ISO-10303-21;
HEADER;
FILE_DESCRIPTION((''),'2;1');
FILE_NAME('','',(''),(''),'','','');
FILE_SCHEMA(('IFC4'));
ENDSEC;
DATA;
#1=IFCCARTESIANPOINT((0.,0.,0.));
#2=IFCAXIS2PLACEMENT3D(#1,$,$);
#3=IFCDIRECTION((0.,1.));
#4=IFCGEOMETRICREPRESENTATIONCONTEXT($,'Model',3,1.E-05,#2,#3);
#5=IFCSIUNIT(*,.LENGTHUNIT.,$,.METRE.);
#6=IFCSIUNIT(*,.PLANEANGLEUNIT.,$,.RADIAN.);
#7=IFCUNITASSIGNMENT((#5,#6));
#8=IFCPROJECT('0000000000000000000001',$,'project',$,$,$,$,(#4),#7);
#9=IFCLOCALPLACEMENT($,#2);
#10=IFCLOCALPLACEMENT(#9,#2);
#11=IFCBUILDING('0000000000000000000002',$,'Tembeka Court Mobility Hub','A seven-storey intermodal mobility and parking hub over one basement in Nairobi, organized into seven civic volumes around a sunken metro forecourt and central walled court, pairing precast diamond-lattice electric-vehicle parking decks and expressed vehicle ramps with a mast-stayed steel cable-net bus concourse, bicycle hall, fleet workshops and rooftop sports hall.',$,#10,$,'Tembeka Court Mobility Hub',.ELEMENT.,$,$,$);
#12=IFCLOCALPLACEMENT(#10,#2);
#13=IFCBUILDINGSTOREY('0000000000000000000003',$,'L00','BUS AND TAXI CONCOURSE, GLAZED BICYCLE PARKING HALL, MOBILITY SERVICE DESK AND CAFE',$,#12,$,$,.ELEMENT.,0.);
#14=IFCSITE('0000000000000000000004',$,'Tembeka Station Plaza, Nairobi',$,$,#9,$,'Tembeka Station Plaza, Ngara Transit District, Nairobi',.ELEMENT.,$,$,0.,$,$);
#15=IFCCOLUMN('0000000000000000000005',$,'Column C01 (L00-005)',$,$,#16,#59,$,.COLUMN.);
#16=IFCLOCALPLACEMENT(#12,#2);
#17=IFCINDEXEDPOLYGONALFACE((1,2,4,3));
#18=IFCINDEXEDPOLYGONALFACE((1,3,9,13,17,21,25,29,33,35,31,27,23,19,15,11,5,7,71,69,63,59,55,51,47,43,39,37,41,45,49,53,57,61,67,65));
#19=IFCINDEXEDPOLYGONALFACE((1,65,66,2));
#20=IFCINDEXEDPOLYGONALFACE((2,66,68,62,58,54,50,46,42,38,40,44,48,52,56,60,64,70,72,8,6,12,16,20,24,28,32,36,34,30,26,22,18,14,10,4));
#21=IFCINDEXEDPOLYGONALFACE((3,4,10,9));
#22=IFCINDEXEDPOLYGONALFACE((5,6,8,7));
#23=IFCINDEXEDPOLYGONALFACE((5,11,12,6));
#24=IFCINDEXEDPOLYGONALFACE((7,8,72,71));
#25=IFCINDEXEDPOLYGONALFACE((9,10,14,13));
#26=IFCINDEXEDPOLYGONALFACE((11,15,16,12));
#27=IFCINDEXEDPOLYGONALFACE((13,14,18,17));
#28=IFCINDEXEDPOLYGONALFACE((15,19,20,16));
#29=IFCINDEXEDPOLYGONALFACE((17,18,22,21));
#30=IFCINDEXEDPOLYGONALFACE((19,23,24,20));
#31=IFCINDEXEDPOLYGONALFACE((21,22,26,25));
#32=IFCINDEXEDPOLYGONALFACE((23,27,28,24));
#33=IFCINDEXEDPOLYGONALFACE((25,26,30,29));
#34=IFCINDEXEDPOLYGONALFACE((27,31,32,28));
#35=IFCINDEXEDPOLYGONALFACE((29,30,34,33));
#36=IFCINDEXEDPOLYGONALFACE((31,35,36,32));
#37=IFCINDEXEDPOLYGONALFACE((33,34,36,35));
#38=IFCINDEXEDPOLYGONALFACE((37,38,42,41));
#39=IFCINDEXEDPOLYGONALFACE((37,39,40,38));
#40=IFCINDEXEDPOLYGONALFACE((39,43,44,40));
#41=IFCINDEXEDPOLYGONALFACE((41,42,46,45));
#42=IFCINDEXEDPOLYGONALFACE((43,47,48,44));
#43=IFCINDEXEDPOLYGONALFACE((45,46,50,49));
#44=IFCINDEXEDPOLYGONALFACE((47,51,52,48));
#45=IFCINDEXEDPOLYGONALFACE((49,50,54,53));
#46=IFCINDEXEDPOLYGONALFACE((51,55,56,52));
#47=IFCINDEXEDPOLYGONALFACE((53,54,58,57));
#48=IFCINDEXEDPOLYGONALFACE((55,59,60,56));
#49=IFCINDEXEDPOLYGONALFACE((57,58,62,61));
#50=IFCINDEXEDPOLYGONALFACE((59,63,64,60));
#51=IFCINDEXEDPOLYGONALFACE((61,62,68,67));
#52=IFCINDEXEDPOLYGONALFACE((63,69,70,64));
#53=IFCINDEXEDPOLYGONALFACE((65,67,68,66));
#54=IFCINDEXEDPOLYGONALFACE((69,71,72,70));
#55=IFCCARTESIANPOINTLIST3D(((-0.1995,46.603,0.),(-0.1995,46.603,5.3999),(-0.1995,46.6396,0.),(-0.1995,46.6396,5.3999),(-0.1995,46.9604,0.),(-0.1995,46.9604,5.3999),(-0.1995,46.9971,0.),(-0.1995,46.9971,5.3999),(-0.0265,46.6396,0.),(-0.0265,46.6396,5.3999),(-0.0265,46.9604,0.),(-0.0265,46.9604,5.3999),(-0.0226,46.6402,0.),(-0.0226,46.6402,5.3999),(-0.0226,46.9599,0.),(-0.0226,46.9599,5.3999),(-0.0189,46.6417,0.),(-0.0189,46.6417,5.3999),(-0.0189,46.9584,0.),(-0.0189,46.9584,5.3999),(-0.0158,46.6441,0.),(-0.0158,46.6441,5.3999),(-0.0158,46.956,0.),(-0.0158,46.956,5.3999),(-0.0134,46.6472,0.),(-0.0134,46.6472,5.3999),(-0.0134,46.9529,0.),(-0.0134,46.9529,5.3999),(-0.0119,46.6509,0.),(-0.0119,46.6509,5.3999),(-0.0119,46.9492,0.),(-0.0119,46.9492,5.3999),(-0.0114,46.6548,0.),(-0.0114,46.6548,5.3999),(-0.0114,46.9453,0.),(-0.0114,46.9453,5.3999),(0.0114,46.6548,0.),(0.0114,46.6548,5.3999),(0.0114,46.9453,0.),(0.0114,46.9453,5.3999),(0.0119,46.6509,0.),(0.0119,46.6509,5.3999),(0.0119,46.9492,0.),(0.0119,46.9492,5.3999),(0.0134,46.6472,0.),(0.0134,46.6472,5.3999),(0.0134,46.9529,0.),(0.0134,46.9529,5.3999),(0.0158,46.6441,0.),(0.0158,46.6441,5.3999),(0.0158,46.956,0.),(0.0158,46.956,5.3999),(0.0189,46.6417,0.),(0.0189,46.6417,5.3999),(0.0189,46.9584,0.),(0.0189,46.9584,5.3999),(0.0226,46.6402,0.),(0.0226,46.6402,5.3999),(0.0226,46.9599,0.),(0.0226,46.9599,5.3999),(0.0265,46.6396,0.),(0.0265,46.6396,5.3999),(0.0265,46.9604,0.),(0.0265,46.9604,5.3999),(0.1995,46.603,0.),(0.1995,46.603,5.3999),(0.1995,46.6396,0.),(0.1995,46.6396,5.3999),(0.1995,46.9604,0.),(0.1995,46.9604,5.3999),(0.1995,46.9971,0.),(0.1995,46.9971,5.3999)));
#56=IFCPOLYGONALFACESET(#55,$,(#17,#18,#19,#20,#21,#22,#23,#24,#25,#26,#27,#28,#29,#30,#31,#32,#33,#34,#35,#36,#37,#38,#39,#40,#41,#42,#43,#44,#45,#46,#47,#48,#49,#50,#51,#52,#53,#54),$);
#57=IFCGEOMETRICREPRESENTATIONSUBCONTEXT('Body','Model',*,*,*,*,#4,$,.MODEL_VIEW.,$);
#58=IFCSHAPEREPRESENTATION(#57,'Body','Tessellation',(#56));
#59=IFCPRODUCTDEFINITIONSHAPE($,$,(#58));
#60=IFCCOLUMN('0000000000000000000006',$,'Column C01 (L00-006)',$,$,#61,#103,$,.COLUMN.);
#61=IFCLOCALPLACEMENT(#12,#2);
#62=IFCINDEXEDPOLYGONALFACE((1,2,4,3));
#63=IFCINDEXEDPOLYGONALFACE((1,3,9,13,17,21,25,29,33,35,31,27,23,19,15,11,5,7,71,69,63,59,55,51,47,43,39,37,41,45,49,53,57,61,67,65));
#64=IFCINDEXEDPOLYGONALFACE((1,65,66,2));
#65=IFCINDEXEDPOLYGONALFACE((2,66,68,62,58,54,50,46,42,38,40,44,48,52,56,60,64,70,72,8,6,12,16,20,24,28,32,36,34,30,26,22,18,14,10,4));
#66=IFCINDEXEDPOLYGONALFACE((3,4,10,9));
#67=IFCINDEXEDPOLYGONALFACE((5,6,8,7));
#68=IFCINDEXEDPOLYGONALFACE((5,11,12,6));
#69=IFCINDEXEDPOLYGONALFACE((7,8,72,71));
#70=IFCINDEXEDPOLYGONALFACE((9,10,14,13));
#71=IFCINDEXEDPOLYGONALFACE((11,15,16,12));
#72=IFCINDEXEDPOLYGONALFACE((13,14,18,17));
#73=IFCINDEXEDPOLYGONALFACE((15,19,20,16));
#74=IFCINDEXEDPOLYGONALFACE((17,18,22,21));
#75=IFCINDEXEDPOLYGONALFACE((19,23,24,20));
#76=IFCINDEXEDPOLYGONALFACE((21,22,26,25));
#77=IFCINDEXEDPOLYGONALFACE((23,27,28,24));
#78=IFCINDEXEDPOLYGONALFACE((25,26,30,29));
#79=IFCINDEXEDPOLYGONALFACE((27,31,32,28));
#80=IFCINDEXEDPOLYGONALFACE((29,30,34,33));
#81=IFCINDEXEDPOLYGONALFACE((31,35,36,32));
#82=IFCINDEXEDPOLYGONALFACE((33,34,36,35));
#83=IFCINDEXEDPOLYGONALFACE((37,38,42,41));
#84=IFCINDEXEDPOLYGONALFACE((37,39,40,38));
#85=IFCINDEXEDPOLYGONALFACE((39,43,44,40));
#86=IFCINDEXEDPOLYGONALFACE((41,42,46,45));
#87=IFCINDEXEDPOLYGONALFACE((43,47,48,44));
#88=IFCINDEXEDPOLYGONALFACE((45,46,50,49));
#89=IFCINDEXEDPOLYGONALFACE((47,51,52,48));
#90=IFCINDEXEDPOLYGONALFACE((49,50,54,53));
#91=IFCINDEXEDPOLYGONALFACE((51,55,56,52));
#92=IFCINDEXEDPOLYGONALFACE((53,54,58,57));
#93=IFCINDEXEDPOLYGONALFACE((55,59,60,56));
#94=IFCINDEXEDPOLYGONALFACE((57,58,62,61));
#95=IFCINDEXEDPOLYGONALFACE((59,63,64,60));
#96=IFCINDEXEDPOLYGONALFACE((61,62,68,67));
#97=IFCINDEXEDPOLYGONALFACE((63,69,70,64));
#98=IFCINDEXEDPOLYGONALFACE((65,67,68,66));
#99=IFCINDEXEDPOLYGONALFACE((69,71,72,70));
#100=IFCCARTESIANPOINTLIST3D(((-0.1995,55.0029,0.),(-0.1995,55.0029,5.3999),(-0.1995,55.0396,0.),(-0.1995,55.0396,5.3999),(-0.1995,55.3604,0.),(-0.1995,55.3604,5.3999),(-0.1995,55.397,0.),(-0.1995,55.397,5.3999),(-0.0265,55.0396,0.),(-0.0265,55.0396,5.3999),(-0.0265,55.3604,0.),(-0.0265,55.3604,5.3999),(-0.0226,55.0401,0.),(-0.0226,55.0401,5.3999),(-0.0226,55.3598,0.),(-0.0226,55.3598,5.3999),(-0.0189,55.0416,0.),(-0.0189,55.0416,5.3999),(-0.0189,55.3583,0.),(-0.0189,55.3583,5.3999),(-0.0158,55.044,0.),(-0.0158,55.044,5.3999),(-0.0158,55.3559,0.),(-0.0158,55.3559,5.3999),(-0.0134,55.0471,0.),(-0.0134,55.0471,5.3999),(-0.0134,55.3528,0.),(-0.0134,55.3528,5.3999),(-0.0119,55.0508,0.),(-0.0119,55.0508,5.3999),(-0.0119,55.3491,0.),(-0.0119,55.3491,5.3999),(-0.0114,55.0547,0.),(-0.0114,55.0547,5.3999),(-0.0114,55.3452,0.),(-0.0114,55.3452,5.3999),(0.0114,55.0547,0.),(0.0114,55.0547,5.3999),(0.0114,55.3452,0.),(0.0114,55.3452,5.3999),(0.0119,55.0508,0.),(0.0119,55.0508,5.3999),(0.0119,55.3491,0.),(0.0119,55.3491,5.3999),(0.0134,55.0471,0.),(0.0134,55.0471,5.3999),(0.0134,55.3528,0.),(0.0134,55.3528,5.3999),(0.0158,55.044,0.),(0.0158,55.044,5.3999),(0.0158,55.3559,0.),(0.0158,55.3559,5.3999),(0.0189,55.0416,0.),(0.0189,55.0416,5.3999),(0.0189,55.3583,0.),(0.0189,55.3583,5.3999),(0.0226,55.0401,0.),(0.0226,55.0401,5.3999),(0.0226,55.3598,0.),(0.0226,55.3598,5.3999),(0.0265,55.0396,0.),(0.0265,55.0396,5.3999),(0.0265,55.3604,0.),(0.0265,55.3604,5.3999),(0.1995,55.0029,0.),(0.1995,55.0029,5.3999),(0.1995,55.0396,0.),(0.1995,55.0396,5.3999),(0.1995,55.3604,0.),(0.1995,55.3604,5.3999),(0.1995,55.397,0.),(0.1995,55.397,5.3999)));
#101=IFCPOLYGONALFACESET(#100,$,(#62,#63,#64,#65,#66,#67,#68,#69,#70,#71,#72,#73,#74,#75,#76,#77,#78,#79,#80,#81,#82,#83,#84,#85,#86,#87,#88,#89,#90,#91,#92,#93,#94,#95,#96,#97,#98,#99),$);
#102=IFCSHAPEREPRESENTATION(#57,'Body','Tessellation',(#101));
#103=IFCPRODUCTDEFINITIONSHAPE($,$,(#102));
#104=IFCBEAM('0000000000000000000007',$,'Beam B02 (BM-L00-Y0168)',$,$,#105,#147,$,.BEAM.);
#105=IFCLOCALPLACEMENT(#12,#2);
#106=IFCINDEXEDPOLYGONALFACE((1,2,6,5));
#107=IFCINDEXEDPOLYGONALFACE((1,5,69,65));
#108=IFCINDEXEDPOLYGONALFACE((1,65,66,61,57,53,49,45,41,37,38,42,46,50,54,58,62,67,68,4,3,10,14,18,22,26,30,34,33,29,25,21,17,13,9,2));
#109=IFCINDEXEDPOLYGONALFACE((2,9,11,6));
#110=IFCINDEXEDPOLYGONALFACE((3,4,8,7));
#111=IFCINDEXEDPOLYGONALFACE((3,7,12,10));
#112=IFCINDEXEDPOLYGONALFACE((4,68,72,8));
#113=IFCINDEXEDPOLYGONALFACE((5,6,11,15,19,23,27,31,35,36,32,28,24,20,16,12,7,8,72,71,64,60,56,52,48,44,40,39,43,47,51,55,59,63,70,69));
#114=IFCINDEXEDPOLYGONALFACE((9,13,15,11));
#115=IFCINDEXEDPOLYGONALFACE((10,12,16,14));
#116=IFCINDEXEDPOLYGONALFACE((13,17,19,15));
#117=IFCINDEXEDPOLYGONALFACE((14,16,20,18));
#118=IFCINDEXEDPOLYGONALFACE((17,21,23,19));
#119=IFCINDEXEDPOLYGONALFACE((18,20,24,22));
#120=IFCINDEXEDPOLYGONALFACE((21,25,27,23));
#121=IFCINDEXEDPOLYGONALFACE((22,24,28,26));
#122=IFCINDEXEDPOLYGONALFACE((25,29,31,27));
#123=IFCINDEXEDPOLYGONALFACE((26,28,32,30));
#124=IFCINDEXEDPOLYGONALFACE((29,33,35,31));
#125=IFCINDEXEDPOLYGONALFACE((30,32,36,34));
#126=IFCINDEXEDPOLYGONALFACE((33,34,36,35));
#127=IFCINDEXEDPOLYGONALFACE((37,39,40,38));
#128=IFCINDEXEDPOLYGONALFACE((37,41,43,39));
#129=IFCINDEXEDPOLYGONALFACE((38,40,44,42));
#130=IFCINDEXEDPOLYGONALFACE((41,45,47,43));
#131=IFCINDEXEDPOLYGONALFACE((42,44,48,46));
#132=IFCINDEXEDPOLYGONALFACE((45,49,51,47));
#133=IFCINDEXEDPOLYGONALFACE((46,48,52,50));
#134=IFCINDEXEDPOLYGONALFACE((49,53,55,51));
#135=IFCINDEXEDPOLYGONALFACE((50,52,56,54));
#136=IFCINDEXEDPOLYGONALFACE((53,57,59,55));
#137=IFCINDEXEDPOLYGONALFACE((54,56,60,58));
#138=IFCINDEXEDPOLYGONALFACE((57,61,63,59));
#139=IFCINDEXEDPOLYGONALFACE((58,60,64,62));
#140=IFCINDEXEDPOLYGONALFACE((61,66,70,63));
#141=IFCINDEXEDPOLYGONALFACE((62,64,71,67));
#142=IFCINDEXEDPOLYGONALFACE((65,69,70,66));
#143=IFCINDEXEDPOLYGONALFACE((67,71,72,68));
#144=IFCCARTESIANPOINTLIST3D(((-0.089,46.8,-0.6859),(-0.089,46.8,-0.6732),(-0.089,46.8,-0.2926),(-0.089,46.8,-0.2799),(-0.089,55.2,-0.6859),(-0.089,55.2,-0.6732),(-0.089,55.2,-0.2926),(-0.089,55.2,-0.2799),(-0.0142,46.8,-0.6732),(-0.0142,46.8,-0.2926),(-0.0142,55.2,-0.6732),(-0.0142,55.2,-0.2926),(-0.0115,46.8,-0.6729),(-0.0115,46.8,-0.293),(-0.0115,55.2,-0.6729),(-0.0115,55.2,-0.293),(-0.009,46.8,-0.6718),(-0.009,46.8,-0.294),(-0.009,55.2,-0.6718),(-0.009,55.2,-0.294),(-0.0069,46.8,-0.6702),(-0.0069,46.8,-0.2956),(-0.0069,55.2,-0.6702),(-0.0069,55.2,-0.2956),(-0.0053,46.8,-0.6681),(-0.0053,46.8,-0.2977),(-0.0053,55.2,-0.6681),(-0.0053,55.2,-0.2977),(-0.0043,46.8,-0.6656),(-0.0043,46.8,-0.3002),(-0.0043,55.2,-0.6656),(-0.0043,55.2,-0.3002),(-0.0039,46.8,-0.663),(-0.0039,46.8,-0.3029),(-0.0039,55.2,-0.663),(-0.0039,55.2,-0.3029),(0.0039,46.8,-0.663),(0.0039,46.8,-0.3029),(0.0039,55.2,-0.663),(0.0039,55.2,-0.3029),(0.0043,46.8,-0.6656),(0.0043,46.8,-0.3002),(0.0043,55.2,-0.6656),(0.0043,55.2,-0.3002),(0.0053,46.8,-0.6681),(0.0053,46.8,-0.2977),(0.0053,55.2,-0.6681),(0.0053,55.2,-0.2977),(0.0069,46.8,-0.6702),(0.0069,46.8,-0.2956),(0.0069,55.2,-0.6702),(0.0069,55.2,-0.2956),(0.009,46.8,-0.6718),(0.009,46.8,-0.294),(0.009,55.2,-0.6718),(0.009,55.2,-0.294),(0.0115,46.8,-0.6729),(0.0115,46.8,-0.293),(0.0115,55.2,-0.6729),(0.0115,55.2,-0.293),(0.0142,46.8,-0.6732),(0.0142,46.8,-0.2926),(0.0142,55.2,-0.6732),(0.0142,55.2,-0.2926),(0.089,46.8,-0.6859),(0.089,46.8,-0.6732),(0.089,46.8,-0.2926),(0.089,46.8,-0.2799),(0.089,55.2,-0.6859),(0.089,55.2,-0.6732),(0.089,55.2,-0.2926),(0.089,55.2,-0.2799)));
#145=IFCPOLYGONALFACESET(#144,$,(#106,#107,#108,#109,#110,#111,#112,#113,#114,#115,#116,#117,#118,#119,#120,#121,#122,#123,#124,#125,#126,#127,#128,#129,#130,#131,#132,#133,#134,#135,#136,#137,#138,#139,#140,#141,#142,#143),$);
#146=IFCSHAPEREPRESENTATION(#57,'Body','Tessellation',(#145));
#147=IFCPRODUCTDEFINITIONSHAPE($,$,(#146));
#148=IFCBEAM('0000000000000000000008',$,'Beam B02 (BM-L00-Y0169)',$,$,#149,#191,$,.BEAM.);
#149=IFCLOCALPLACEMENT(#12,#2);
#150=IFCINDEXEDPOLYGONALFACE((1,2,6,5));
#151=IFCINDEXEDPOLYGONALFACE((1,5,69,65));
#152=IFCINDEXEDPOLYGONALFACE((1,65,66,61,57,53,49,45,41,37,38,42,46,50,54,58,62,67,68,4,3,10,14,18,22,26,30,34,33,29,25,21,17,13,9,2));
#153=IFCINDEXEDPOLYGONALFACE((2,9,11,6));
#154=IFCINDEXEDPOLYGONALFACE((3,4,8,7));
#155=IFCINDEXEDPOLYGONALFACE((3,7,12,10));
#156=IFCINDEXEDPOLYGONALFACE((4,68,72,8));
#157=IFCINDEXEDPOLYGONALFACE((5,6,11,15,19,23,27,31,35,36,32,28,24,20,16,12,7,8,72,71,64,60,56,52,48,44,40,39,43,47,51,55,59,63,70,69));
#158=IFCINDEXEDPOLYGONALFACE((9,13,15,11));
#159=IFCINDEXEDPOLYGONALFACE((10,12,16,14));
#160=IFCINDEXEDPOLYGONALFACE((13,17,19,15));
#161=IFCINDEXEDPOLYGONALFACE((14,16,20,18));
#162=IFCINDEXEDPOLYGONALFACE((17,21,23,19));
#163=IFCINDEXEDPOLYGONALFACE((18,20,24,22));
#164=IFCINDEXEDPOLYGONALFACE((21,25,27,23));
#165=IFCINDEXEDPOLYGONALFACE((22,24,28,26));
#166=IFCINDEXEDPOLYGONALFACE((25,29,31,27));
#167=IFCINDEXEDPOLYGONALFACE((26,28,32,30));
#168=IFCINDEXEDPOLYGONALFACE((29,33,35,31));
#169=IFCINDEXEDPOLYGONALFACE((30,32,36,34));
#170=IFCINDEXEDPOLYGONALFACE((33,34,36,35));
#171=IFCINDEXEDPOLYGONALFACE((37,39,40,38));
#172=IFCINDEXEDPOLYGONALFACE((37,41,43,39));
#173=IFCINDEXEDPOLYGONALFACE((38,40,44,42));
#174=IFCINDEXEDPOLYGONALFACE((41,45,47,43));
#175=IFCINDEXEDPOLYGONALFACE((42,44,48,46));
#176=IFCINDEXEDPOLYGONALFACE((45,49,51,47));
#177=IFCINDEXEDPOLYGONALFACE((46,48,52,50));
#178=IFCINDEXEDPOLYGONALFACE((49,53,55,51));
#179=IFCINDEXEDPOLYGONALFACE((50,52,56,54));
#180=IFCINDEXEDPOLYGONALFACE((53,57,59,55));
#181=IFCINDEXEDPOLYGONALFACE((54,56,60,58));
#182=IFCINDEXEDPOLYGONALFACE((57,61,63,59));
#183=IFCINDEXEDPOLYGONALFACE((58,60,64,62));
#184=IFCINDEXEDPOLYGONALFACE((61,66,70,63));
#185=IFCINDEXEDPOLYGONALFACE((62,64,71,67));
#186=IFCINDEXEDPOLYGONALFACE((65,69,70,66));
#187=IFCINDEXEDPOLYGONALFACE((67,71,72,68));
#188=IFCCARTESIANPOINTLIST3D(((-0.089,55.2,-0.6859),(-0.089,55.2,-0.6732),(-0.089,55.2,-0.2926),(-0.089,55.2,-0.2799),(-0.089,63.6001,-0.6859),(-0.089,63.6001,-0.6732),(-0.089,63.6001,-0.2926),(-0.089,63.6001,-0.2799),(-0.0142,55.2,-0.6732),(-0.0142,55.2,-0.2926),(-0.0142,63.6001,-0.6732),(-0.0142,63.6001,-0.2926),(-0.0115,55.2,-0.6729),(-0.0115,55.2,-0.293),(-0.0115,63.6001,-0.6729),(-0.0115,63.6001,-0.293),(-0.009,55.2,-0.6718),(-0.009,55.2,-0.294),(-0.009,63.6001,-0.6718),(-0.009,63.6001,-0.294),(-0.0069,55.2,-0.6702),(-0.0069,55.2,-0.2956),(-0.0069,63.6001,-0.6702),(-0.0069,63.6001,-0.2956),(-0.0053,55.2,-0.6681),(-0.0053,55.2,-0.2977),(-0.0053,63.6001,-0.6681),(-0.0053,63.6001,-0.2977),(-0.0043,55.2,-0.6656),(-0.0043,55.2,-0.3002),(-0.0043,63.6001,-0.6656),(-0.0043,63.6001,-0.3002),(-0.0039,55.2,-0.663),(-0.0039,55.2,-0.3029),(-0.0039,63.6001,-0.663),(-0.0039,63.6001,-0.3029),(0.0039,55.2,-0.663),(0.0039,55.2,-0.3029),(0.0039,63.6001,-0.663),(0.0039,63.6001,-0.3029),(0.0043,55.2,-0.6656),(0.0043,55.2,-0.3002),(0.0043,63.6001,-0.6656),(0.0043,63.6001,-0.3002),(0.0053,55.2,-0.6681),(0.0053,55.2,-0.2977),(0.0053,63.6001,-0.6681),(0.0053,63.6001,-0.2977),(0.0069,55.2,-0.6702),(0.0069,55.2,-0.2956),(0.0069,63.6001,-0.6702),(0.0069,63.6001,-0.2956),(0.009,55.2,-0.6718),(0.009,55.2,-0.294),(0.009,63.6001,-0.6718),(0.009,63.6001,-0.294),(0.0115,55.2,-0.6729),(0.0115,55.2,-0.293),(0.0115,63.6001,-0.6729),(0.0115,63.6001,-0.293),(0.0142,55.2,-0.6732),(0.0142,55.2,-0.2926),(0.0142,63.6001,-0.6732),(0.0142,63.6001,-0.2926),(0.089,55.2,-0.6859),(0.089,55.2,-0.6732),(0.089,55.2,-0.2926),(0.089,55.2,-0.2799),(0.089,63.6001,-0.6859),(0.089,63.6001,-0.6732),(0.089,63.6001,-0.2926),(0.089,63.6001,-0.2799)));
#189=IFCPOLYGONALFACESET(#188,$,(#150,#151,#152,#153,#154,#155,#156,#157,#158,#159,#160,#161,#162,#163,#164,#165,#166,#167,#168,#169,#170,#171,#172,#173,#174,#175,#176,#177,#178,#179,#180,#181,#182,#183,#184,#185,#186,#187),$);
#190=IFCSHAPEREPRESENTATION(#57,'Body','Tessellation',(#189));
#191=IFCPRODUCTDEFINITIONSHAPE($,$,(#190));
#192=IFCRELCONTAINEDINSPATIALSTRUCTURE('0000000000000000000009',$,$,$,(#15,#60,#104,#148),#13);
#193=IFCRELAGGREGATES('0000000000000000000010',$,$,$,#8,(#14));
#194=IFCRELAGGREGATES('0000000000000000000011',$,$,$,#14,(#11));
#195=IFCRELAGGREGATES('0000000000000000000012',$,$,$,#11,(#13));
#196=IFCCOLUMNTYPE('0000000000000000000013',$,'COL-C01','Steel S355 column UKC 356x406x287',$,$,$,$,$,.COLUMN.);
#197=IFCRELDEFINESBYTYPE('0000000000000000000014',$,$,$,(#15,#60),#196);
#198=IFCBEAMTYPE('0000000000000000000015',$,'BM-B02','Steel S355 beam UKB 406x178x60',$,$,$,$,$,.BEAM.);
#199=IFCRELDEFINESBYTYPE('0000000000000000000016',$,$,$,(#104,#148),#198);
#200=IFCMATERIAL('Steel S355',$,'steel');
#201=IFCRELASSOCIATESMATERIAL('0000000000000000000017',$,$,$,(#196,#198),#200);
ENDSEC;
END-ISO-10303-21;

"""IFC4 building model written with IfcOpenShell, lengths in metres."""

from ifc_helpers import new_model, si_unit, direction, frame, origin, origin_2d, place, context, subcontext, project, spatial, i_section, extrude, material, material_profile, profile_set, type_object, element, save


model = new_model("IFC4")

# Units and contexts
model_context = context("Model", 3, precision=1e-05, world=origin(), true_north=direction((0.0, 1.0)))
body_context = subcontext(model_context, "Body", "Model", "MODEL_VIEW")
ifc_project = project(units=[si_unit("LENGTHUNIT", "METRE"), si_unit("PLANEANGLEUNIT", "RADIAN")], contexts=[model_context])

# Site, building, storey
site_placement = place(None, origin())
site = spatial("IfcSite", under=ifc_project, at=site_placement, Name="Tembeka Station Plaza, Nairobi", LongName="Tembeka Station Plaza, Ngara Transit District, Nairobi", CompositionType="ELEMENT", RefElevation=0.0)
building_placement = place(site_placement, origin())
building = spatial("IfcBuilding", under=site, at=building_placement, Name="Tembeka Court Mobility Hub", Description="A seven-storey intermodal mobility and parking hub over one basement in Nairobi, organized into seven civic volumes around a sunken metro forecourt and central walled court, pairing precast diamond-lattice electric-vehicle parking decks and expressed vehicle ramps with a mast-stayed steel cable-net bus concourse, bicycle hall, fleet workshops and rooftop sports hall.", LongName="Tembeka Court Mobility Hub", CompositionType="ELEMENT")
storey_placement = place(building_placement, origin())
storey = spatial("IfcBuildingStorey", under=building, at=storey_placement, Name="L00", Description="BUS AND TAXI CONCOURSE, GLAZED BICYCLE PARKING HALL, MOBILITY SERVICE DESK AND CAFE", CompositionType="ELEMENT", Elevation=0.0)

# Columns
ifc_material_1 = material(Name="Steel S355", Category="steel")
ifc_material_profile_1 = material_profile(ifc_material_1, i_section(OverallWidth=0.3989, OverallDepth=0.394, WebThickness=0.0227, FlangeThickness=0.0366, FilletRadius=0.0151, at=origin_2d()), Name="UKC 356x406x287")
ifc_profile_set_1 = profile_set([ifc_material_profile_1], Name="Steel S355")
column_type = type_object("IfcColumnType", Name="COL-C01", Description="Steel S355 column UKC 356x406x287", PredefinedType="COLUMN", material=ifc_profile_set_1)
for number, where, z_axis, x_axis, name in (
    (1, (0.0, 46.8, 0.0), (0.0, 0.0, 1.0), (1.0, 0.0, 0.0), "Column C01 (L00-005)"),
    (2, (0.0, 55.2, 0.0), (0.0, 0.0, 1.0), (1.0, 0.0, 0.0), "Column C01 (L00-006)"),
):
    element("IfcColumn", number, at=place(storey_placement, frame(where, z_axis=z_axis, x_axis=x_axis)), inside=storey, type_object=column_type, Name=name, PredefinedType="COLUMN", context=body_context, shape_type="SweptSolid", body=[
        extrude(i_section(OverallWidth=0.3989, OverallDepth=0.394, WebThickness=0.0227, FlangeThickness=0.0366, FilletRadius=0.0151, at=origin_2d()), origin(), (0.0, 0.0, 1.0), 5.3999),
    ])

# Beams
ifc_material_profile_2 = material_profile(ifc_material_1, i_section(OverallWidth=0.178, OverallDepth=0.406, WebThickness=0.0078, FlangeThickness=0.0127, FilletRadius=0.0103, at=origin_2d()), Name="UKB 406x178x60")
ifc_profile_set_2 = profile_set([ifc_material_profile_2], Name="Steel S355")
beam_type_1 = type_object("IfcBeamType", Name="BM-B02", Description="Steel S355 beam UKB 406x178x60", PredefinedType="BEAM", material=ifc_profile_set_2)
beam_1_placement = place(storey_placement, frame((0.0, 46.8, -0.4829), z_axis=(0.0, 1.0, 0.0), x_axis=(-1.0, 0.0, 0.0)))
element("IfcBeam", 3, at=beam_1_placement, inside=storey, type_object=beam_type_1, Name="Beam B02 (BM-L00-Y0168)", PredefinedType="BEAM", context=body_context, shape_type="SweptSolid", body=[
    extrude(i_section(OverallWidth=0.178, OverallDepth=0.406, WebThickness=0.0078, FlangeThickness=0.0127, FilletRadius=0.0103, at=origin_2d()), origin(), (0.0, 0.0, 1.0), 8.3999),
])
beam_2_placement = place(storey_placement, frame((0.0, 55.2, -0.4829), z_axis=(0.0, 1.0, 0.0), x_axis=(-1.0, 0.0, 0.0)))
element("IfcBeam", 4, at=beam_2_placement, inside=storey, type_object=beam_type_1, Name="Beam B02 (BM-L00-Y0169)", PredefinedType="BEAM", context=body_context, shape_type="SweptSolid", body=[
    extrude(i_section(OverallWidth=0.178, OverallDepth=0.406, WebThickness=0.0078, FlangeThickness=0.0127, FilletRadius=0.0103, at=origin_2d()), origin(), (0.0, 0.0, 1.0), 8.4001),
])

save(model, "model.ifc")
